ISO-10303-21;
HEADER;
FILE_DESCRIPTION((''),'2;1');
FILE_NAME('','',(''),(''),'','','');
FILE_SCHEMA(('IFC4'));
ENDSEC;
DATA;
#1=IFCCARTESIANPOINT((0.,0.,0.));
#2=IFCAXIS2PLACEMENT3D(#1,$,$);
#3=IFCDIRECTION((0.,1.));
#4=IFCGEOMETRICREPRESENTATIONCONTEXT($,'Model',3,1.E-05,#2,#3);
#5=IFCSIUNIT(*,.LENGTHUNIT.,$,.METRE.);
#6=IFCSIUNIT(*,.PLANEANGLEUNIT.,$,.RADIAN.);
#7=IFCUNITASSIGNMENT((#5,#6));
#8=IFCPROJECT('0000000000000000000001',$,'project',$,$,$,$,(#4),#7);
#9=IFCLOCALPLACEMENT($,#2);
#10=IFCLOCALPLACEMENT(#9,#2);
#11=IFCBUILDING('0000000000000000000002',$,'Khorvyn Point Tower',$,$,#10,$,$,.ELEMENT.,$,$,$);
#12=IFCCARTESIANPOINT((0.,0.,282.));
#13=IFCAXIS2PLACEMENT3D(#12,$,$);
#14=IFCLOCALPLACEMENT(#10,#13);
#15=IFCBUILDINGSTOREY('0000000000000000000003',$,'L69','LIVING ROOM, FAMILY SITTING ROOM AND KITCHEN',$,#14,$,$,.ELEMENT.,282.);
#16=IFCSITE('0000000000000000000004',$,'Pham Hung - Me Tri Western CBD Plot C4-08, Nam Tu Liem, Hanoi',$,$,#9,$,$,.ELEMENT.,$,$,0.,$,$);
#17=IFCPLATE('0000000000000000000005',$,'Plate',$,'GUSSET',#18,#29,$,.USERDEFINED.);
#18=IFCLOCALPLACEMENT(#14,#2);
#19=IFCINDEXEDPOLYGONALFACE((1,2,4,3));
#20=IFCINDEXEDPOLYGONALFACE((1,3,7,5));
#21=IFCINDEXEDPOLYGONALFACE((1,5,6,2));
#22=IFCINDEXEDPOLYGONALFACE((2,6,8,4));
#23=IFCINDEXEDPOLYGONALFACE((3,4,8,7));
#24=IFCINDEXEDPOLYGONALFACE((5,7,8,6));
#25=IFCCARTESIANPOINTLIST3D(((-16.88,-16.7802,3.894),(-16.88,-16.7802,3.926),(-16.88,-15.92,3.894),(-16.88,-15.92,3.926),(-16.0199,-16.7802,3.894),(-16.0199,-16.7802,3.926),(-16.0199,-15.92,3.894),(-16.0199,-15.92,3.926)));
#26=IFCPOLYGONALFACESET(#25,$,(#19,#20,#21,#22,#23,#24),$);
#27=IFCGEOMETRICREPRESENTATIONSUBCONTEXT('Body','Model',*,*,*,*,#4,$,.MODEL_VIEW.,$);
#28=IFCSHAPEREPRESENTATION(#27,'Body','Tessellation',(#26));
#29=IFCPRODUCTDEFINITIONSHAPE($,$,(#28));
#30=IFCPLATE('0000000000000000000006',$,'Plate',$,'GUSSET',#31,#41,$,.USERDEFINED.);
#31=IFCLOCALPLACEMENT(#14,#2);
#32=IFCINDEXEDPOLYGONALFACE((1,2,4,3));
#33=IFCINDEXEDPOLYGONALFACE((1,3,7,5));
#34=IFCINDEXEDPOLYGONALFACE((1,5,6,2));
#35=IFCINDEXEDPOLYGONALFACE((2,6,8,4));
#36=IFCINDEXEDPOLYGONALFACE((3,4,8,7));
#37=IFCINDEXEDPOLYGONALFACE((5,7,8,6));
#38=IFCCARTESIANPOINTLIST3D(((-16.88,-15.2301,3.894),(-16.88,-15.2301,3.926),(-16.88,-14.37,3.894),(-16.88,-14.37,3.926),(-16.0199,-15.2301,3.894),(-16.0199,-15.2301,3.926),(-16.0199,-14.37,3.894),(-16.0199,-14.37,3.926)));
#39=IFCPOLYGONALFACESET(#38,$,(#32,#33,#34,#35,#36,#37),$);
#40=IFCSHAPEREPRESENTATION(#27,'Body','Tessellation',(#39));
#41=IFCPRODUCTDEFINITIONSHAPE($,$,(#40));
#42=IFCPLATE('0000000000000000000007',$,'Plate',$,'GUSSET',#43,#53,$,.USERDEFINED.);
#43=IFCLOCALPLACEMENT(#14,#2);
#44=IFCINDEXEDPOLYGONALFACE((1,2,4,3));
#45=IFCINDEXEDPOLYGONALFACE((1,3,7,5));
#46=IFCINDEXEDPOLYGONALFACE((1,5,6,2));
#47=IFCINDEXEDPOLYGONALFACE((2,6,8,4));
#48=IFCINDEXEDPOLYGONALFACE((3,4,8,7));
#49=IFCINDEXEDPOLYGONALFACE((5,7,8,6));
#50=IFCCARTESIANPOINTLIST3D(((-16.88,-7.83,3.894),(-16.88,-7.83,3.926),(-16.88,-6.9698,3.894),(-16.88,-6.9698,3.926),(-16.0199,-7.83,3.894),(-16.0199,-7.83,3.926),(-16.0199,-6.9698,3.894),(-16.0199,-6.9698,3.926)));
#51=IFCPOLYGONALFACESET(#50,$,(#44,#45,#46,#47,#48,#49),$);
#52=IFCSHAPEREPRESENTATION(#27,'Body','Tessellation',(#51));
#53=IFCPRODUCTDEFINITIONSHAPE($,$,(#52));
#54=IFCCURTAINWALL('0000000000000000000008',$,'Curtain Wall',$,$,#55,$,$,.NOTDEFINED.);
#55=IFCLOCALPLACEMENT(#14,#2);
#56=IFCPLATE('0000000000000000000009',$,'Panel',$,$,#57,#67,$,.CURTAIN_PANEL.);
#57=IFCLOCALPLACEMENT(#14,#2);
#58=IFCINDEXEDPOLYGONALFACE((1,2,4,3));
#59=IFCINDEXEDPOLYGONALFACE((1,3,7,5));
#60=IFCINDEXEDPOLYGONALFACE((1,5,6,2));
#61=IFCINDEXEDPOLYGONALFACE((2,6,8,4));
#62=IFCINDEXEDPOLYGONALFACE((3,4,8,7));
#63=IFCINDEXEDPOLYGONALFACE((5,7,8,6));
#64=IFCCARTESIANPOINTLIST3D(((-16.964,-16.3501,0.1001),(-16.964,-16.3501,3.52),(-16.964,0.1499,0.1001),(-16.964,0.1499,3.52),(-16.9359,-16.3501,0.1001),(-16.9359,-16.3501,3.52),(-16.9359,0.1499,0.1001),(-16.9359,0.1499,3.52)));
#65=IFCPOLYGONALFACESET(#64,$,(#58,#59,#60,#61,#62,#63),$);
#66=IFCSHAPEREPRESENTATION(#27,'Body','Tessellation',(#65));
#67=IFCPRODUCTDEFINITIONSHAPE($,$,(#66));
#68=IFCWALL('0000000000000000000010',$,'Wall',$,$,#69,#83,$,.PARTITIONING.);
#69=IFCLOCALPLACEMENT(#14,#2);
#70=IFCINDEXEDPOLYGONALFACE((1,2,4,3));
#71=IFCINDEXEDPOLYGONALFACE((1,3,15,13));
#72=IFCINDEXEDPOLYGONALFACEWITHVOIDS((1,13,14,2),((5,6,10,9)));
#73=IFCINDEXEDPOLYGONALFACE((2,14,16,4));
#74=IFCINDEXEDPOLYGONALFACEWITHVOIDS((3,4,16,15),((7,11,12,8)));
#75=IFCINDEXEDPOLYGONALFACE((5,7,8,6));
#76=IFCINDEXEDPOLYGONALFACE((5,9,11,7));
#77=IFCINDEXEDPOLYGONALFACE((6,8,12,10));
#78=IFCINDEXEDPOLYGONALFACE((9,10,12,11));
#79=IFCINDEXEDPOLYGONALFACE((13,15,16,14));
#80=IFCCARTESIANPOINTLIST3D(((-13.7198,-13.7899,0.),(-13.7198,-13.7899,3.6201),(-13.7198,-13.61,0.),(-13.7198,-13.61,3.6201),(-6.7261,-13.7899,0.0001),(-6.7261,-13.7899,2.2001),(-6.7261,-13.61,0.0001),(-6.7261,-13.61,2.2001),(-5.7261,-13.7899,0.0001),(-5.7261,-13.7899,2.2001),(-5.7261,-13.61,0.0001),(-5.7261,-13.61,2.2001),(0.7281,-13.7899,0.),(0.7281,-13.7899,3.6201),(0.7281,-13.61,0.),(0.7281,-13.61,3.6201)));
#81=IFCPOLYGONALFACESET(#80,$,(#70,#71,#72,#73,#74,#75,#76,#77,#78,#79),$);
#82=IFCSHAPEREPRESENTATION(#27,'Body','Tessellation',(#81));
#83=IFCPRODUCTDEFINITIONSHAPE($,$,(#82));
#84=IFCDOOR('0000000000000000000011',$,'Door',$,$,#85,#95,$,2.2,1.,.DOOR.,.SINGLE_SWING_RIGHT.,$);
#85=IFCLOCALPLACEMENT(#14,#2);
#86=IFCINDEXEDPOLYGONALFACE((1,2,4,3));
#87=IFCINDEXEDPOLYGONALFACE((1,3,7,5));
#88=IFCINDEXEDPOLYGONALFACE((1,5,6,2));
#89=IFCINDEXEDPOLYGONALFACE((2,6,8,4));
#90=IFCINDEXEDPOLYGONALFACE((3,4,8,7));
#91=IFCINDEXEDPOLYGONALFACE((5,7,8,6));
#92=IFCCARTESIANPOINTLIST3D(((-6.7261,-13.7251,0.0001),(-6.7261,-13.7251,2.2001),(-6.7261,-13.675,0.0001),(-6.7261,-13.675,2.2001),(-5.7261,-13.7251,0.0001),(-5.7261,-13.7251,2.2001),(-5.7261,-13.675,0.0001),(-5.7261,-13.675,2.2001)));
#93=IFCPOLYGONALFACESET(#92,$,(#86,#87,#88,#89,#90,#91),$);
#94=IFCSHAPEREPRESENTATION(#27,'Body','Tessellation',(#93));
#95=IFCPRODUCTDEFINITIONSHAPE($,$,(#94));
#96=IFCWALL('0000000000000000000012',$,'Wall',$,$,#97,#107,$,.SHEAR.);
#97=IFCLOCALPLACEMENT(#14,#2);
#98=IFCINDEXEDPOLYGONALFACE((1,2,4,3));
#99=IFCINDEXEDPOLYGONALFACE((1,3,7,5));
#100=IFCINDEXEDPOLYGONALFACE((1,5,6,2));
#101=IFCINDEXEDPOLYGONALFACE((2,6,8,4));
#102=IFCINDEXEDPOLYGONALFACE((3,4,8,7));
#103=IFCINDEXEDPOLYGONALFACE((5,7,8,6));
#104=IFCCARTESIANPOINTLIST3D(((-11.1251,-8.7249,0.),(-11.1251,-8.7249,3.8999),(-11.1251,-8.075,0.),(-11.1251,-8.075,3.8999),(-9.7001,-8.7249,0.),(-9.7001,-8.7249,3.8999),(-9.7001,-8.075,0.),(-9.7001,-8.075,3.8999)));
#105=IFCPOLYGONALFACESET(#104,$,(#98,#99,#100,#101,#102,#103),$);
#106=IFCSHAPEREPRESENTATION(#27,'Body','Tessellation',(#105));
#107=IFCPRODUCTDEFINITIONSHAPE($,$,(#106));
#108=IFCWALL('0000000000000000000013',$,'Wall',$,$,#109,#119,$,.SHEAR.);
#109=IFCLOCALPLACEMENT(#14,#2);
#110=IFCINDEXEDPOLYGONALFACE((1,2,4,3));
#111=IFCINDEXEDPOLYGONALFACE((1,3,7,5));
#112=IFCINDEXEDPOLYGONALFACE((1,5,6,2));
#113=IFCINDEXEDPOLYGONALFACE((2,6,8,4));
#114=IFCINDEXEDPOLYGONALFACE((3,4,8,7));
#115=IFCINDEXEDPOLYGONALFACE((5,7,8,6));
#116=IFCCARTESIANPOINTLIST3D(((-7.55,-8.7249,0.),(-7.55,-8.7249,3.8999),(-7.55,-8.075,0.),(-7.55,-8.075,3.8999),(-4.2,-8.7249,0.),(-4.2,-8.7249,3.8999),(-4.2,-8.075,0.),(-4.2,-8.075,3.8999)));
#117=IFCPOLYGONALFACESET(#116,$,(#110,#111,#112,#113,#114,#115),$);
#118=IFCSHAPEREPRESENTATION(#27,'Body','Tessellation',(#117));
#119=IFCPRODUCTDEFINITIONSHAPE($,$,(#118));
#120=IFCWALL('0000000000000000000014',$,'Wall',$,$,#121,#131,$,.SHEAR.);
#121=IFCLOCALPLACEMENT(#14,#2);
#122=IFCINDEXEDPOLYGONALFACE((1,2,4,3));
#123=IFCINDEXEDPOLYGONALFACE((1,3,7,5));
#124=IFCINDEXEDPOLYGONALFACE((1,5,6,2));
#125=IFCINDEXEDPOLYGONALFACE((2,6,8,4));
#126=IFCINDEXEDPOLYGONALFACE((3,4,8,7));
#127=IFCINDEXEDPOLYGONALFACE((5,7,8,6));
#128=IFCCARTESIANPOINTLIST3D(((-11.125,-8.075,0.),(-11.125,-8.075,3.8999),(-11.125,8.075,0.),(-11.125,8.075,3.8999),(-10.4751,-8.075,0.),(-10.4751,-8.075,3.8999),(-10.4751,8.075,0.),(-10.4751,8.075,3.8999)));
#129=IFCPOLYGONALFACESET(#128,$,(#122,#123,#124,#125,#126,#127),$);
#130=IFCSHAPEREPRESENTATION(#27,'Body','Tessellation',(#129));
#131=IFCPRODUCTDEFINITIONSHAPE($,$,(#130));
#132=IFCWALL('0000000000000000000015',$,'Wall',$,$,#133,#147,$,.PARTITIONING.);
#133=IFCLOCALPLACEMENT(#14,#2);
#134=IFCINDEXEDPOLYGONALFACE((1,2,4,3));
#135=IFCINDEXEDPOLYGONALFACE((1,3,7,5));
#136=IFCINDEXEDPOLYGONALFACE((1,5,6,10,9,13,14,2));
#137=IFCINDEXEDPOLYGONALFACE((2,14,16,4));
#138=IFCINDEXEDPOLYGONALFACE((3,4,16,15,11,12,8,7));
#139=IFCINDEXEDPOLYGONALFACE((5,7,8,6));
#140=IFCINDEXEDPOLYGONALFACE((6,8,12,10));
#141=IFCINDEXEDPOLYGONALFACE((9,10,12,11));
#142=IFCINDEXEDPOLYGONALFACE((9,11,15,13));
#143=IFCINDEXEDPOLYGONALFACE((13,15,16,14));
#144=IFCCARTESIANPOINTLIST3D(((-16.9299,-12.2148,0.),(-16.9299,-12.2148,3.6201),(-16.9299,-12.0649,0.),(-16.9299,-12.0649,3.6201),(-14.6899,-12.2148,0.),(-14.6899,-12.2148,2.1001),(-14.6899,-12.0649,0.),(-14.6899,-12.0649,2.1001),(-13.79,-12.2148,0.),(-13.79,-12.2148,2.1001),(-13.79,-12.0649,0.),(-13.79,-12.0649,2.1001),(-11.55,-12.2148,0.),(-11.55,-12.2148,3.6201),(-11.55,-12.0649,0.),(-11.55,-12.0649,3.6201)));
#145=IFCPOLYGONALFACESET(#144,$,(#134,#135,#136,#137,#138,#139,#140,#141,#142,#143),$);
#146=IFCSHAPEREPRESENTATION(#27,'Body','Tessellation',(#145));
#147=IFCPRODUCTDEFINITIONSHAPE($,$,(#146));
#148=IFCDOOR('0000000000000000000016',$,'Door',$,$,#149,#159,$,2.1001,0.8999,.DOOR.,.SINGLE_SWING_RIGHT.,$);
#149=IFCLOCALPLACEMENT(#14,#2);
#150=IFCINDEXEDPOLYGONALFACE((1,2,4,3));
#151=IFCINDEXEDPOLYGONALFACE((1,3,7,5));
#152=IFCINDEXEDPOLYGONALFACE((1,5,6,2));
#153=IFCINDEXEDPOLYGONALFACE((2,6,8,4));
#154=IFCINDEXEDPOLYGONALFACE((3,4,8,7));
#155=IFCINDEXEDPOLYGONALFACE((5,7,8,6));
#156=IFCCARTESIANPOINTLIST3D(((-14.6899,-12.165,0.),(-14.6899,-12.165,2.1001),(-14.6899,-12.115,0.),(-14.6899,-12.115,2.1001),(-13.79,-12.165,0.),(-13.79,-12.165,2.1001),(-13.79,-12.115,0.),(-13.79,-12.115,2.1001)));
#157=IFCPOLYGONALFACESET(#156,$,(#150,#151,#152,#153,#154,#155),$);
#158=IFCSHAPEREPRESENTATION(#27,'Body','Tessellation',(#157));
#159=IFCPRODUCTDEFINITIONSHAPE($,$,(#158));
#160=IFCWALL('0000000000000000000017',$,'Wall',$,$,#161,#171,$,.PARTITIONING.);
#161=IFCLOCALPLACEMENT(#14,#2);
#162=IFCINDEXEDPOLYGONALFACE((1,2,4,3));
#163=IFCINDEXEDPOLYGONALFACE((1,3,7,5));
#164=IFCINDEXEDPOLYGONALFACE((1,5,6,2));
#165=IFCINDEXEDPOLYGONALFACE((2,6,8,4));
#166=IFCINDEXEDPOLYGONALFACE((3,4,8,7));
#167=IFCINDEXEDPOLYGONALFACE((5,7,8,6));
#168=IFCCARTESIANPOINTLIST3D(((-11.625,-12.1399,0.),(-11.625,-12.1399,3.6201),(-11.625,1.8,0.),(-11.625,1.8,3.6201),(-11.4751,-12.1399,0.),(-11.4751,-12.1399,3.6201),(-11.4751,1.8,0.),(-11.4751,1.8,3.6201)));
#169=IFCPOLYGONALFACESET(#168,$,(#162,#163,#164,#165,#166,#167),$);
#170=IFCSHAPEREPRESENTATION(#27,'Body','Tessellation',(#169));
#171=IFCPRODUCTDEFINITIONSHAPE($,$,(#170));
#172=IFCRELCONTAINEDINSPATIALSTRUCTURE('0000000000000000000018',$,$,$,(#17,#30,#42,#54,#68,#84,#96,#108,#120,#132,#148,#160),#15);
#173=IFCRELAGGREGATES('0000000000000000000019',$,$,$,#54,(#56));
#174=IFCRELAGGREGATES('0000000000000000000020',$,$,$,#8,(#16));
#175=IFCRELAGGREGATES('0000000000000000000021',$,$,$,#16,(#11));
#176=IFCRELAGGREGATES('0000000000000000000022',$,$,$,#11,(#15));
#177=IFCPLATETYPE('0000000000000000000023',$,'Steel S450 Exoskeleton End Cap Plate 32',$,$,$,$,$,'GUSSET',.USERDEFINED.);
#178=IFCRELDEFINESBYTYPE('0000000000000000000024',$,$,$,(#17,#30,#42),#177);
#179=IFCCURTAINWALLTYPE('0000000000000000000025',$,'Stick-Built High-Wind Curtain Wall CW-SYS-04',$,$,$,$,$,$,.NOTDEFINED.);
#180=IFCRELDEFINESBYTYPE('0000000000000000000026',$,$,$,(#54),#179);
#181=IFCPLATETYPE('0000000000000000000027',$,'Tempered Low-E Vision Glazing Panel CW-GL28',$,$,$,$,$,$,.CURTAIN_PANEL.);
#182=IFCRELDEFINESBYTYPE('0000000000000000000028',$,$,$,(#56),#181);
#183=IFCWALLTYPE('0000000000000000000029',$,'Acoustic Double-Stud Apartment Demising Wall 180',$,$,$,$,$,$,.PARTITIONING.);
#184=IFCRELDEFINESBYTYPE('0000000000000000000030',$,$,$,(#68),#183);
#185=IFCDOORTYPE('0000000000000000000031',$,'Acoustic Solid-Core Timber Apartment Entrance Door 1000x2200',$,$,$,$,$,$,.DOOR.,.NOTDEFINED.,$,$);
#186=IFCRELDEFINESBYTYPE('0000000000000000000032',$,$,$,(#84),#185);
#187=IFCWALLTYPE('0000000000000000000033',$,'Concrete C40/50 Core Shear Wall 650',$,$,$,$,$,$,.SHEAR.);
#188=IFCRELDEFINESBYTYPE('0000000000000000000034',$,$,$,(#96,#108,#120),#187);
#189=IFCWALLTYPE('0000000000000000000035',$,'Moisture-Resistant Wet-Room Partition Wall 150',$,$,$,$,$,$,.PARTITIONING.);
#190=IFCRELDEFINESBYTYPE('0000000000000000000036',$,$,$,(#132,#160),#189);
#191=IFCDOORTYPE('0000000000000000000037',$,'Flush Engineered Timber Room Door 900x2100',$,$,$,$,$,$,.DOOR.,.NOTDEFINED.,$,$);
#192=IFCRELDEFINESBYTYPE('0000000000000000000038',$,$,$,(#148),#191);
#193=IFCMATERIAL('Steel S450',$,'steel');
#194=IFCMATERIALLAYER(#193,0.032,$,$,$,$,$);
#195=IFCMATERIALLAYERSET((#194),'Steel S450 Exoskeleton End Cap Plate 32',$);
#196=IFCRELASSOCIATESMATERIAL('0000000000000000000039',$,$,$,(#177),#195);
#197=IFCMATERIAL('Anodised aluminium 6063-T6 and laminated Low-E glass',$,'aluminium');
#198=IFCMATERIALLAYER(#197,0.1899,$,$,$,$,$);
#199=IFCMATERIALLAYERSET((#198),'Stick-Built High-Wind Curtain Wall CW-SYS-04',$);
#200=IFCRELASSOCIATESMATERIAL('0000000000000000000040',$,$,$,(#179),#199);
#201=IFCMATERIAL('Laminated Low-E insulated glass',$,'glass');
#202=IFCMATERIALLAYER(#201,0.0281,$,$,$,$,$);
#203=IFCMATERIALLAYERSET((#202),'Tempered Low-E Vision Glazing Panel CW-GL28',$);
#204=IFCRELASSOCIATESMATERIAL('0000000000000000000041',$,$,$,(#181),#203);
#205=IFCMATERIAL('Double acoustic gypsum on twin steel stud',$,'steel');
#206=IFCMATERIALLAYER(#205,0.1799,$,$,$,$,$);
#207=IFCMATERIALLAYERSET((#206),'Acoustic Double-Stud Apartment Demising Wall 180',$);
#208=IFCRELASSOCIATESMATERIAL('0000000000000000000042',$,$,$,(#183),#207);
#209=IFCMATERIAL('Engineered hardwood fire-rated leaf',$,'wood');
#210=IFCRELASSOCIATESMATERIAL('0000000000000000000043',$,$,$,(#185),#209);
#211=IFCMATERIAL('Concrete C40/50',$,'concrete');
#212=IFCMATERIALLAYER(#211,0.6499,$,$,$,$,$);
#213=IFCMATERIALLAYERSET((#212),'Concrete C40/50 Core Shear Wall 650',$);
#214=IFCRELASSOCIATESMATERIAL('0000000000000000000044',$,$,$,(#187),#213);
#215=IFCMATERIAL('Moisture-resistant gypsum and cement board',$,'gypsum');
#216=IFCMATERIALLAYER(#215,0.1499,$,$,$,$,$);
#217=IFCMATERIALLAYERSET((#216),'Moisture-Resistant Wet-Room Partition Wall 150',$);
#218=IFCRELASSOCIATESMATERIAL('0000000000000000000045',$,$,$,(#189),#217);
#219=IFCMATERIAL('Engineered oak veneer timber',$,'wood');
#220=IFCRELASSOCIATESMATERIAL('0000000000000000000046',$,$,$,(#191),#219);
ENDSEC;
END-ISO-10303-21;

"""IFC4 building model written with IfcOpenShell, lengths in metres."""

from ifc_helpers import new_model, si_unit, direction, frame, frame_2d, origin, origin_2d, place, context, subcontext, project, spatial, rectangle, extrude, material, layer, layer_set, type_object, element, fill, aggregate, save


model = new_model("IFC4")

# Units and contexts
model_context = context("Model", 3, precision=1e-05, world=origin(), true_north=direction((0.0, 1.0)))
body_context = subcontext(model_context, "Body", "Model", "MODEL_VIEW")
ifc_project = project(units=[si_unit("LENGTHUNIT", "METRE"), si_unit("PLANEANGLEUNIT", "RADIAN")], contexts=[model_context])

# Site, building, storey
site_placement = place(None, origin())
site = spatial("IfcSite", under=ifc_project, at=site_placement, Name="Pham Hung - Me Tri Western CBD Plot C4-08, Nam Tu Liem, Hanoi", CompositionType="ELEMENT", RefElevation=0.0)
building_placement = place(site_placement, origin())
building = spatial("IfcBuilding", under=site, at=building_placement, Name="Khorvyn Point Tower", CompositionType="ELEMENT")
storey_placement = place(building_placement, frame((0.0, 0.0, 282.0)))
storey = spatial("IfcBuildingStorey", under=building, at=storey_placement, Name="L69", Description="LIVING ROOM, FAMILY SITTING ROOM AND KITCHEN", CompositionType="ELEMENT", Elevation=282.0)

# Shared definitions
ifc_material_1 = material(Name="Concrete C40/50", Category="concrete")

# Plates
ifc_material_2 = material(Name="Steel S450", Category="steel")
ifc_layer_1 = layer(ifc_material_2, 0.032)
ifc_layer_set_1 = layer_set([ifc_layer_1], Name="Steel S450 Exoskeleton End Cap Plate 32")
plate_type_1 = type_object("IfcPlateType", Name="Steel S450 Exoskeleton End Cap Plate 32", ElementType="GUSSET", PredefinedType="USERDEFINED", material=ifc_layer_set_1)
for number, where, z_axis, x_axis, name in (
    (1, (-16.45, -16.3501, 3.894), (0.0, 0.0, 1.0), (1.0, 0.0, 0.0), "Plate"),
    (2, (-16.45, -14.8, 3.894), (0.0, 0.0, 1.0), (1.0, 0.0, 0.0), "Plate"),
    (3, (-16.45, -7.3999, 3.894), (0.0, 0.0, 1.0), (1.0, 0.0, 0.0), "Plate"),
):
    element("IfcPlate", number, at=place(storey_placement, frame(where, z_axis=z_axis, x_axis=x_axis)), inside=storey, type_object=plate_type_1, Name=name, ObjectType="GUSSET", PredefinedType="USERDEFINED", context=body_context, shape_type="SweptSolid", body=[
        extrude(rectangle(XDim=0.8601, YDim=0.8601, at=origin_2d()), origin(), (0.0, 0.0, 1.0), 0.032),
    ])

# Curtain wall, plate
ifc_material_3 = material(Name="Anodised aluminium 6063-T6 and laminated Low-E glass", Category="aluminium")
ifc_layer_2 = layer(ifc_material_3, 0.1899)
ifc_layer_set_2 = layer_set([ifc_layer_2], Name="Stick-Built High-Wind Curtain Wall CW-SYS-04")
curtain_wall_type = type_object("IfcCurtainWallType", Name="Stick-Built High-Wind Curtain Wall CW-SYS-04", PredefinedType="NOTDEFINED", material=ifc_layer_set_2)
curtain_wall_placement = place(storey_placement, origin())
curtain_wall = element("IfcCurtainWall", 4, at=curtain_wall_placement, inside=storey, type_object=curtain_wall_type, Name="Curtain Wall", PredefinedType="NOTDEFINED")
ifc_material_4 = material(Name="Laminated Low-E insulated glass", Category="glass")
ifc_layer_3 = layer(ifc_material_4, 0.0281)
ifc_layer_set_3 = layer_set([ifc_layer_3], Name="Tempered Low-E Vision Glazing Panel CW-GL28")
plate_type_2 = type_object("IfcPlateType", Name="Tempered Low-E Vision Glazing Panel CW-GL28", PredefinedType="CURTAIN_PANEL", material=ifc_layer_set_3)
plate_placement = place(storey_placement, frame((-16.95, -8.1001, 0.1001), z_axis=(0.0, 0.0, 1.0), x_axis=(0.0, 1.0, 0.0)))
plate = element("IfcPlate", 5, at=plate_placement, type_object=plate_type_2, Name="Panel", PredefinedType="CURTAIN_PANEL", context=body_context, shape_type="SweptSolid", body=[
    extrude(rectangle(XDim=16.5, YDim=0.0281, at=origin_2d()), origin(), (0.0, 0.0, 1.0), 3.4199),
])
aggregate(curtain_wall, [plate])

# Wall, opening, door
ifc_material_5 = material(Name="Double acoustic gypsum on twin steel stud", Category="steel")
ifc_layer_4 = layer(ifc_material_5, 0.1799)
ifc_layer_set_4 = layer_set([ifc_layer_4], Name="Acoustic Double-Stud Apartment Demising Wall 180")
wall_type_1 = type_object("IfcWallType", Name="Acoustic Double-Stud Apartment Demising Wall 180", PredefinedType="PARTITIONING", material=ifc_layer_set_4)
wall_1_placement = place(storey_placement, frame((-13.72, -13.7, 0.0), z_axis=(0.0, 0.0, 1.0), x_axis=(1.0, 0.0, 0.0)))
wall_1 = element("IfcWall", 6, at=wall_1_placement, inside=storey, type_object=wall_type_1, Name="Wall", PredefinedType="PARTITIONING", context=body_context, shape_type="SweptSolid", body=[
    extrude(rectangle(XDim=14.448, YDim=0.1799, at=frame_2d((7.2241, 0.0))), origin(), (0.0, 0.0, 1.0), 3.6201),
])
opening_1_placement = place(wall_1_placement, frame((6.9939, 0.0, 0.0)))
opening_1 = element("IfcOpeningElement", 7, at=opening_1_placement, cuts=wall_1, PredefinedType="OPENING", context=body_context, shape_type="SweptSolid", body=[
    extrude(rectangle(XDim=1.0, YDim=2.2, at=frame_2d((0.5, 1.1001))), frame((0.0, 0.0999, 0.0), z_axis=(0.0, -1.0, 0.0), x_axis=(1.0, 0.0, 0.0)), (0.0, 0.0, 1.0), 0.2),
])
ifc_material_6 = material(Name="Engineered hardwood fire-rated leaf", Category="wood")
door_type_1 = type_object("IfcDoorType", Name="Acoustic Solid-Core Timber Apartment Entrance Door 1000x2200", OperationType="NOTDEFINED", PredefinedType="DOOR", material=ifc_material_6)
door_1_placement = place(opening_1_placement, origin())
door_1 = element("IfcDoor", 8, at=door_1_placement, inside=storey, type_object=door_type_1, Name="Door", OperationType="SINGLE_SWING_RIGHT", OverallHeight=2.2, OverallWidth=1.0, PredefinedType="DOOR", context=body_context, shape_type="SweptSolid", body=[
    extrude(rectangle(XDim=1.0, YDim=2.2, at=frame_2d((0.5, 1.1001))), frame((0.0, 0.0249, 0.0), z_axis=(0.0, -1.0, 0.0), x_axis=(1.0, 0.0, 0.0)), (0.0, 0.0, 1.0), 0.05),
])
fill(opening_1, door_1)

# Walls
ifc_layer_5 = layer(ifc_material_1, 0.6499)
ifc_layer_set_5 = layer_set([ifc_layer_5], Name="Concrete C40/50 Core Shear Wall 650")
wall_type_2 = type_object("IfcWallType", Name="Concrete C40/50 Core Shear Wall 650", PredefinedType="SHEAR", material=ifc_layer_set_5)
wall_2_placement = place(storey_placement, frame((-11.125, -8.3999, 0.0), z_axis=(0.0, 0.0, 1.0), x_axis=(1.0, 0.0, 0.0)))
element("IfcWall", 9, at=wall_2_placement, inside=storey, type_object=wall_type_2, Name="Wall", PredefinedType="SHEAR", context=body_context, shape_type="SweptSolid", body=[
    extrude(rectangle(XDim=1.425, YDim=0.6499, at=frame_2d((0.7124, 0.0))), origin(), (0.0, 0.0, 1.0), 3.8999),
])
wall_3_placement = place(storey_placement, frame((-7.55, -8.3999, 0.0), z_axis=(0.0, 0.0, 1.0), x_axis=(1.0, 0.0, 0.0)))
element("IfcWall", 10, at=wall_3_placement, inside=storey, type_object=wall_type_2, Name="Wall", PredefinedType="SHEAR", context=body_context, shape_type="SweptSolid", body=[
    extrude(rectangle(XDim=3.3501, YDim=0.6499, at=frame_2d((1.675, 0.0))), origin(), (0.0, 0.0, 1.0), 3.8999),
])
wall_4_placement = place(storey_placement, frame((-10.8, -8.075, 0.0), z_axis=(0.0, 0.0, 1.0), x_axis=(0.0, 1.0, 0.0)))
element("IfcWall", 11, at=wall_4_placement, inside=storey, type_object=wall_type_2, Name="Wall", PredefinedType="SHEAR", context=body_context, shape_type="SweptSolid", body=[
    extrude(rectangle(XDim=16.1499, YDim=0.6499, at=frame_2d((8.075, 0.0))), origin(), (0.0, 0.0, 1.0), 3.8999),
])

# Wall, opening, door
ifc_material_7 = material(Name="Moisture-resistant gypsum and cement board", Category="gypsum")
ifc_layer_6 = layer(ifc_material_7, 0.1499)
ifc_layer_set_6 = layer_set([ifc_layer_6], Name="Moisture-Resistant Wet-Room Partition Wall 150")
wall_type_3 = type_object("IfcWallType", Name="Moisture-Resistant Wet-Room Partition Wall 150", PredefinedType="PARTITIONING", material=ifc_layer_set_6)
wall_5_placement = place(storey_placement, frame((-16.9299, -12.1399, 0.0), z_axis=(0.0, 0.0, 1.0), x_axis=(1.0, 0.0, 0.0)))
wall_5 = element("IfcWall", 12, at=wall_5_placement, inside=storey, type_object=wall_type_3, Name="Wall", PredefinedType="PARTITIONING", context=body_context, shape_type="SweptSolid", body=[
    extrude(rectangle(XDim=5.3799, YDim=0.1499, at=frame_2d((2.6899, 0.0))), origin(), (0.0, 0.0, 1.0), 3.6201),
])
opening_2_placement = place(wall_5_placement, frame((2.24, 0.0, 0.0)))
opening_2 = element("IfcOpeningElement", 13, at=opening_2_placement, cuts=wall_5, PredefinedType="OPENING", context=body_context, shape_type="SweptSolid", body=[
    extrude(rectangle(XDim=0.8999, YDim=2.1001, at=frame_2d((0.45, 1.05))), frame((0.0, 0.085, 0.0), z_axis=(0.0, -1.0, 0.0), x_axis=(1.0, 0.0, 0.0)), (0.0, 0.0, 1.0), 0.1699),
])
ifc_material_8 = material(Name="Engineered oak veneer timber", Category="wood")
door_type_2 = type_object("IfcDoorType", Name="Flush Engineered Timber Room Door 900x2100", OperationType="NOTDEFINED", PredefinedType="DOOR", material=ifc_material_8)
door_2_placement = place(opening_2_placement, origin())
door_2 = element("IfcDoor", 14, at=door_2_placement, inside=storey, type_object=door_type_2, Name="Door", OperationType="SINGLE_SWING_RIGHT", OverallHeight=2.1001, OverallWidth=0.8999, PredefinedType="DOOR", context=body_context, shape_type="SweptSolid", body=[
    extrude(rectangle(XDim=0.8999, YDim=2.1001, at=frame_2d((0.45, 1.05))), frame((0.0, 0.0249, 0.0), z_axis=(0.0, -1.0, 0.0), x_axis=(1.0, 0.0, 0.0)), (0.0, 0.0, 1.0), 0.05),
])
fill(opening_2, door_2)

# Wall
wall_6_placement = place(storey_placement, frame((-11.55, -12.1399, 0.0), z_axis=(0.0, 0.0, 1.0), x_axis=(0.0, 1.0, 0.0)))
element("IfcWall", 15, at=wall_6_placement, inside=storey, type_object=wall_type_3, Name="Wall", PredefinedType="PARTITIONING", context=body_context, shape_type="SweptSolid", body=[
    extrude(rectangle(XDim=13.9399, YDim=0.1499, at=frame_2d((6.97, 0.0))), origin(), (0.0, 0.0, 1.0), 3.6201),
])

save(model, "model.ifc")
